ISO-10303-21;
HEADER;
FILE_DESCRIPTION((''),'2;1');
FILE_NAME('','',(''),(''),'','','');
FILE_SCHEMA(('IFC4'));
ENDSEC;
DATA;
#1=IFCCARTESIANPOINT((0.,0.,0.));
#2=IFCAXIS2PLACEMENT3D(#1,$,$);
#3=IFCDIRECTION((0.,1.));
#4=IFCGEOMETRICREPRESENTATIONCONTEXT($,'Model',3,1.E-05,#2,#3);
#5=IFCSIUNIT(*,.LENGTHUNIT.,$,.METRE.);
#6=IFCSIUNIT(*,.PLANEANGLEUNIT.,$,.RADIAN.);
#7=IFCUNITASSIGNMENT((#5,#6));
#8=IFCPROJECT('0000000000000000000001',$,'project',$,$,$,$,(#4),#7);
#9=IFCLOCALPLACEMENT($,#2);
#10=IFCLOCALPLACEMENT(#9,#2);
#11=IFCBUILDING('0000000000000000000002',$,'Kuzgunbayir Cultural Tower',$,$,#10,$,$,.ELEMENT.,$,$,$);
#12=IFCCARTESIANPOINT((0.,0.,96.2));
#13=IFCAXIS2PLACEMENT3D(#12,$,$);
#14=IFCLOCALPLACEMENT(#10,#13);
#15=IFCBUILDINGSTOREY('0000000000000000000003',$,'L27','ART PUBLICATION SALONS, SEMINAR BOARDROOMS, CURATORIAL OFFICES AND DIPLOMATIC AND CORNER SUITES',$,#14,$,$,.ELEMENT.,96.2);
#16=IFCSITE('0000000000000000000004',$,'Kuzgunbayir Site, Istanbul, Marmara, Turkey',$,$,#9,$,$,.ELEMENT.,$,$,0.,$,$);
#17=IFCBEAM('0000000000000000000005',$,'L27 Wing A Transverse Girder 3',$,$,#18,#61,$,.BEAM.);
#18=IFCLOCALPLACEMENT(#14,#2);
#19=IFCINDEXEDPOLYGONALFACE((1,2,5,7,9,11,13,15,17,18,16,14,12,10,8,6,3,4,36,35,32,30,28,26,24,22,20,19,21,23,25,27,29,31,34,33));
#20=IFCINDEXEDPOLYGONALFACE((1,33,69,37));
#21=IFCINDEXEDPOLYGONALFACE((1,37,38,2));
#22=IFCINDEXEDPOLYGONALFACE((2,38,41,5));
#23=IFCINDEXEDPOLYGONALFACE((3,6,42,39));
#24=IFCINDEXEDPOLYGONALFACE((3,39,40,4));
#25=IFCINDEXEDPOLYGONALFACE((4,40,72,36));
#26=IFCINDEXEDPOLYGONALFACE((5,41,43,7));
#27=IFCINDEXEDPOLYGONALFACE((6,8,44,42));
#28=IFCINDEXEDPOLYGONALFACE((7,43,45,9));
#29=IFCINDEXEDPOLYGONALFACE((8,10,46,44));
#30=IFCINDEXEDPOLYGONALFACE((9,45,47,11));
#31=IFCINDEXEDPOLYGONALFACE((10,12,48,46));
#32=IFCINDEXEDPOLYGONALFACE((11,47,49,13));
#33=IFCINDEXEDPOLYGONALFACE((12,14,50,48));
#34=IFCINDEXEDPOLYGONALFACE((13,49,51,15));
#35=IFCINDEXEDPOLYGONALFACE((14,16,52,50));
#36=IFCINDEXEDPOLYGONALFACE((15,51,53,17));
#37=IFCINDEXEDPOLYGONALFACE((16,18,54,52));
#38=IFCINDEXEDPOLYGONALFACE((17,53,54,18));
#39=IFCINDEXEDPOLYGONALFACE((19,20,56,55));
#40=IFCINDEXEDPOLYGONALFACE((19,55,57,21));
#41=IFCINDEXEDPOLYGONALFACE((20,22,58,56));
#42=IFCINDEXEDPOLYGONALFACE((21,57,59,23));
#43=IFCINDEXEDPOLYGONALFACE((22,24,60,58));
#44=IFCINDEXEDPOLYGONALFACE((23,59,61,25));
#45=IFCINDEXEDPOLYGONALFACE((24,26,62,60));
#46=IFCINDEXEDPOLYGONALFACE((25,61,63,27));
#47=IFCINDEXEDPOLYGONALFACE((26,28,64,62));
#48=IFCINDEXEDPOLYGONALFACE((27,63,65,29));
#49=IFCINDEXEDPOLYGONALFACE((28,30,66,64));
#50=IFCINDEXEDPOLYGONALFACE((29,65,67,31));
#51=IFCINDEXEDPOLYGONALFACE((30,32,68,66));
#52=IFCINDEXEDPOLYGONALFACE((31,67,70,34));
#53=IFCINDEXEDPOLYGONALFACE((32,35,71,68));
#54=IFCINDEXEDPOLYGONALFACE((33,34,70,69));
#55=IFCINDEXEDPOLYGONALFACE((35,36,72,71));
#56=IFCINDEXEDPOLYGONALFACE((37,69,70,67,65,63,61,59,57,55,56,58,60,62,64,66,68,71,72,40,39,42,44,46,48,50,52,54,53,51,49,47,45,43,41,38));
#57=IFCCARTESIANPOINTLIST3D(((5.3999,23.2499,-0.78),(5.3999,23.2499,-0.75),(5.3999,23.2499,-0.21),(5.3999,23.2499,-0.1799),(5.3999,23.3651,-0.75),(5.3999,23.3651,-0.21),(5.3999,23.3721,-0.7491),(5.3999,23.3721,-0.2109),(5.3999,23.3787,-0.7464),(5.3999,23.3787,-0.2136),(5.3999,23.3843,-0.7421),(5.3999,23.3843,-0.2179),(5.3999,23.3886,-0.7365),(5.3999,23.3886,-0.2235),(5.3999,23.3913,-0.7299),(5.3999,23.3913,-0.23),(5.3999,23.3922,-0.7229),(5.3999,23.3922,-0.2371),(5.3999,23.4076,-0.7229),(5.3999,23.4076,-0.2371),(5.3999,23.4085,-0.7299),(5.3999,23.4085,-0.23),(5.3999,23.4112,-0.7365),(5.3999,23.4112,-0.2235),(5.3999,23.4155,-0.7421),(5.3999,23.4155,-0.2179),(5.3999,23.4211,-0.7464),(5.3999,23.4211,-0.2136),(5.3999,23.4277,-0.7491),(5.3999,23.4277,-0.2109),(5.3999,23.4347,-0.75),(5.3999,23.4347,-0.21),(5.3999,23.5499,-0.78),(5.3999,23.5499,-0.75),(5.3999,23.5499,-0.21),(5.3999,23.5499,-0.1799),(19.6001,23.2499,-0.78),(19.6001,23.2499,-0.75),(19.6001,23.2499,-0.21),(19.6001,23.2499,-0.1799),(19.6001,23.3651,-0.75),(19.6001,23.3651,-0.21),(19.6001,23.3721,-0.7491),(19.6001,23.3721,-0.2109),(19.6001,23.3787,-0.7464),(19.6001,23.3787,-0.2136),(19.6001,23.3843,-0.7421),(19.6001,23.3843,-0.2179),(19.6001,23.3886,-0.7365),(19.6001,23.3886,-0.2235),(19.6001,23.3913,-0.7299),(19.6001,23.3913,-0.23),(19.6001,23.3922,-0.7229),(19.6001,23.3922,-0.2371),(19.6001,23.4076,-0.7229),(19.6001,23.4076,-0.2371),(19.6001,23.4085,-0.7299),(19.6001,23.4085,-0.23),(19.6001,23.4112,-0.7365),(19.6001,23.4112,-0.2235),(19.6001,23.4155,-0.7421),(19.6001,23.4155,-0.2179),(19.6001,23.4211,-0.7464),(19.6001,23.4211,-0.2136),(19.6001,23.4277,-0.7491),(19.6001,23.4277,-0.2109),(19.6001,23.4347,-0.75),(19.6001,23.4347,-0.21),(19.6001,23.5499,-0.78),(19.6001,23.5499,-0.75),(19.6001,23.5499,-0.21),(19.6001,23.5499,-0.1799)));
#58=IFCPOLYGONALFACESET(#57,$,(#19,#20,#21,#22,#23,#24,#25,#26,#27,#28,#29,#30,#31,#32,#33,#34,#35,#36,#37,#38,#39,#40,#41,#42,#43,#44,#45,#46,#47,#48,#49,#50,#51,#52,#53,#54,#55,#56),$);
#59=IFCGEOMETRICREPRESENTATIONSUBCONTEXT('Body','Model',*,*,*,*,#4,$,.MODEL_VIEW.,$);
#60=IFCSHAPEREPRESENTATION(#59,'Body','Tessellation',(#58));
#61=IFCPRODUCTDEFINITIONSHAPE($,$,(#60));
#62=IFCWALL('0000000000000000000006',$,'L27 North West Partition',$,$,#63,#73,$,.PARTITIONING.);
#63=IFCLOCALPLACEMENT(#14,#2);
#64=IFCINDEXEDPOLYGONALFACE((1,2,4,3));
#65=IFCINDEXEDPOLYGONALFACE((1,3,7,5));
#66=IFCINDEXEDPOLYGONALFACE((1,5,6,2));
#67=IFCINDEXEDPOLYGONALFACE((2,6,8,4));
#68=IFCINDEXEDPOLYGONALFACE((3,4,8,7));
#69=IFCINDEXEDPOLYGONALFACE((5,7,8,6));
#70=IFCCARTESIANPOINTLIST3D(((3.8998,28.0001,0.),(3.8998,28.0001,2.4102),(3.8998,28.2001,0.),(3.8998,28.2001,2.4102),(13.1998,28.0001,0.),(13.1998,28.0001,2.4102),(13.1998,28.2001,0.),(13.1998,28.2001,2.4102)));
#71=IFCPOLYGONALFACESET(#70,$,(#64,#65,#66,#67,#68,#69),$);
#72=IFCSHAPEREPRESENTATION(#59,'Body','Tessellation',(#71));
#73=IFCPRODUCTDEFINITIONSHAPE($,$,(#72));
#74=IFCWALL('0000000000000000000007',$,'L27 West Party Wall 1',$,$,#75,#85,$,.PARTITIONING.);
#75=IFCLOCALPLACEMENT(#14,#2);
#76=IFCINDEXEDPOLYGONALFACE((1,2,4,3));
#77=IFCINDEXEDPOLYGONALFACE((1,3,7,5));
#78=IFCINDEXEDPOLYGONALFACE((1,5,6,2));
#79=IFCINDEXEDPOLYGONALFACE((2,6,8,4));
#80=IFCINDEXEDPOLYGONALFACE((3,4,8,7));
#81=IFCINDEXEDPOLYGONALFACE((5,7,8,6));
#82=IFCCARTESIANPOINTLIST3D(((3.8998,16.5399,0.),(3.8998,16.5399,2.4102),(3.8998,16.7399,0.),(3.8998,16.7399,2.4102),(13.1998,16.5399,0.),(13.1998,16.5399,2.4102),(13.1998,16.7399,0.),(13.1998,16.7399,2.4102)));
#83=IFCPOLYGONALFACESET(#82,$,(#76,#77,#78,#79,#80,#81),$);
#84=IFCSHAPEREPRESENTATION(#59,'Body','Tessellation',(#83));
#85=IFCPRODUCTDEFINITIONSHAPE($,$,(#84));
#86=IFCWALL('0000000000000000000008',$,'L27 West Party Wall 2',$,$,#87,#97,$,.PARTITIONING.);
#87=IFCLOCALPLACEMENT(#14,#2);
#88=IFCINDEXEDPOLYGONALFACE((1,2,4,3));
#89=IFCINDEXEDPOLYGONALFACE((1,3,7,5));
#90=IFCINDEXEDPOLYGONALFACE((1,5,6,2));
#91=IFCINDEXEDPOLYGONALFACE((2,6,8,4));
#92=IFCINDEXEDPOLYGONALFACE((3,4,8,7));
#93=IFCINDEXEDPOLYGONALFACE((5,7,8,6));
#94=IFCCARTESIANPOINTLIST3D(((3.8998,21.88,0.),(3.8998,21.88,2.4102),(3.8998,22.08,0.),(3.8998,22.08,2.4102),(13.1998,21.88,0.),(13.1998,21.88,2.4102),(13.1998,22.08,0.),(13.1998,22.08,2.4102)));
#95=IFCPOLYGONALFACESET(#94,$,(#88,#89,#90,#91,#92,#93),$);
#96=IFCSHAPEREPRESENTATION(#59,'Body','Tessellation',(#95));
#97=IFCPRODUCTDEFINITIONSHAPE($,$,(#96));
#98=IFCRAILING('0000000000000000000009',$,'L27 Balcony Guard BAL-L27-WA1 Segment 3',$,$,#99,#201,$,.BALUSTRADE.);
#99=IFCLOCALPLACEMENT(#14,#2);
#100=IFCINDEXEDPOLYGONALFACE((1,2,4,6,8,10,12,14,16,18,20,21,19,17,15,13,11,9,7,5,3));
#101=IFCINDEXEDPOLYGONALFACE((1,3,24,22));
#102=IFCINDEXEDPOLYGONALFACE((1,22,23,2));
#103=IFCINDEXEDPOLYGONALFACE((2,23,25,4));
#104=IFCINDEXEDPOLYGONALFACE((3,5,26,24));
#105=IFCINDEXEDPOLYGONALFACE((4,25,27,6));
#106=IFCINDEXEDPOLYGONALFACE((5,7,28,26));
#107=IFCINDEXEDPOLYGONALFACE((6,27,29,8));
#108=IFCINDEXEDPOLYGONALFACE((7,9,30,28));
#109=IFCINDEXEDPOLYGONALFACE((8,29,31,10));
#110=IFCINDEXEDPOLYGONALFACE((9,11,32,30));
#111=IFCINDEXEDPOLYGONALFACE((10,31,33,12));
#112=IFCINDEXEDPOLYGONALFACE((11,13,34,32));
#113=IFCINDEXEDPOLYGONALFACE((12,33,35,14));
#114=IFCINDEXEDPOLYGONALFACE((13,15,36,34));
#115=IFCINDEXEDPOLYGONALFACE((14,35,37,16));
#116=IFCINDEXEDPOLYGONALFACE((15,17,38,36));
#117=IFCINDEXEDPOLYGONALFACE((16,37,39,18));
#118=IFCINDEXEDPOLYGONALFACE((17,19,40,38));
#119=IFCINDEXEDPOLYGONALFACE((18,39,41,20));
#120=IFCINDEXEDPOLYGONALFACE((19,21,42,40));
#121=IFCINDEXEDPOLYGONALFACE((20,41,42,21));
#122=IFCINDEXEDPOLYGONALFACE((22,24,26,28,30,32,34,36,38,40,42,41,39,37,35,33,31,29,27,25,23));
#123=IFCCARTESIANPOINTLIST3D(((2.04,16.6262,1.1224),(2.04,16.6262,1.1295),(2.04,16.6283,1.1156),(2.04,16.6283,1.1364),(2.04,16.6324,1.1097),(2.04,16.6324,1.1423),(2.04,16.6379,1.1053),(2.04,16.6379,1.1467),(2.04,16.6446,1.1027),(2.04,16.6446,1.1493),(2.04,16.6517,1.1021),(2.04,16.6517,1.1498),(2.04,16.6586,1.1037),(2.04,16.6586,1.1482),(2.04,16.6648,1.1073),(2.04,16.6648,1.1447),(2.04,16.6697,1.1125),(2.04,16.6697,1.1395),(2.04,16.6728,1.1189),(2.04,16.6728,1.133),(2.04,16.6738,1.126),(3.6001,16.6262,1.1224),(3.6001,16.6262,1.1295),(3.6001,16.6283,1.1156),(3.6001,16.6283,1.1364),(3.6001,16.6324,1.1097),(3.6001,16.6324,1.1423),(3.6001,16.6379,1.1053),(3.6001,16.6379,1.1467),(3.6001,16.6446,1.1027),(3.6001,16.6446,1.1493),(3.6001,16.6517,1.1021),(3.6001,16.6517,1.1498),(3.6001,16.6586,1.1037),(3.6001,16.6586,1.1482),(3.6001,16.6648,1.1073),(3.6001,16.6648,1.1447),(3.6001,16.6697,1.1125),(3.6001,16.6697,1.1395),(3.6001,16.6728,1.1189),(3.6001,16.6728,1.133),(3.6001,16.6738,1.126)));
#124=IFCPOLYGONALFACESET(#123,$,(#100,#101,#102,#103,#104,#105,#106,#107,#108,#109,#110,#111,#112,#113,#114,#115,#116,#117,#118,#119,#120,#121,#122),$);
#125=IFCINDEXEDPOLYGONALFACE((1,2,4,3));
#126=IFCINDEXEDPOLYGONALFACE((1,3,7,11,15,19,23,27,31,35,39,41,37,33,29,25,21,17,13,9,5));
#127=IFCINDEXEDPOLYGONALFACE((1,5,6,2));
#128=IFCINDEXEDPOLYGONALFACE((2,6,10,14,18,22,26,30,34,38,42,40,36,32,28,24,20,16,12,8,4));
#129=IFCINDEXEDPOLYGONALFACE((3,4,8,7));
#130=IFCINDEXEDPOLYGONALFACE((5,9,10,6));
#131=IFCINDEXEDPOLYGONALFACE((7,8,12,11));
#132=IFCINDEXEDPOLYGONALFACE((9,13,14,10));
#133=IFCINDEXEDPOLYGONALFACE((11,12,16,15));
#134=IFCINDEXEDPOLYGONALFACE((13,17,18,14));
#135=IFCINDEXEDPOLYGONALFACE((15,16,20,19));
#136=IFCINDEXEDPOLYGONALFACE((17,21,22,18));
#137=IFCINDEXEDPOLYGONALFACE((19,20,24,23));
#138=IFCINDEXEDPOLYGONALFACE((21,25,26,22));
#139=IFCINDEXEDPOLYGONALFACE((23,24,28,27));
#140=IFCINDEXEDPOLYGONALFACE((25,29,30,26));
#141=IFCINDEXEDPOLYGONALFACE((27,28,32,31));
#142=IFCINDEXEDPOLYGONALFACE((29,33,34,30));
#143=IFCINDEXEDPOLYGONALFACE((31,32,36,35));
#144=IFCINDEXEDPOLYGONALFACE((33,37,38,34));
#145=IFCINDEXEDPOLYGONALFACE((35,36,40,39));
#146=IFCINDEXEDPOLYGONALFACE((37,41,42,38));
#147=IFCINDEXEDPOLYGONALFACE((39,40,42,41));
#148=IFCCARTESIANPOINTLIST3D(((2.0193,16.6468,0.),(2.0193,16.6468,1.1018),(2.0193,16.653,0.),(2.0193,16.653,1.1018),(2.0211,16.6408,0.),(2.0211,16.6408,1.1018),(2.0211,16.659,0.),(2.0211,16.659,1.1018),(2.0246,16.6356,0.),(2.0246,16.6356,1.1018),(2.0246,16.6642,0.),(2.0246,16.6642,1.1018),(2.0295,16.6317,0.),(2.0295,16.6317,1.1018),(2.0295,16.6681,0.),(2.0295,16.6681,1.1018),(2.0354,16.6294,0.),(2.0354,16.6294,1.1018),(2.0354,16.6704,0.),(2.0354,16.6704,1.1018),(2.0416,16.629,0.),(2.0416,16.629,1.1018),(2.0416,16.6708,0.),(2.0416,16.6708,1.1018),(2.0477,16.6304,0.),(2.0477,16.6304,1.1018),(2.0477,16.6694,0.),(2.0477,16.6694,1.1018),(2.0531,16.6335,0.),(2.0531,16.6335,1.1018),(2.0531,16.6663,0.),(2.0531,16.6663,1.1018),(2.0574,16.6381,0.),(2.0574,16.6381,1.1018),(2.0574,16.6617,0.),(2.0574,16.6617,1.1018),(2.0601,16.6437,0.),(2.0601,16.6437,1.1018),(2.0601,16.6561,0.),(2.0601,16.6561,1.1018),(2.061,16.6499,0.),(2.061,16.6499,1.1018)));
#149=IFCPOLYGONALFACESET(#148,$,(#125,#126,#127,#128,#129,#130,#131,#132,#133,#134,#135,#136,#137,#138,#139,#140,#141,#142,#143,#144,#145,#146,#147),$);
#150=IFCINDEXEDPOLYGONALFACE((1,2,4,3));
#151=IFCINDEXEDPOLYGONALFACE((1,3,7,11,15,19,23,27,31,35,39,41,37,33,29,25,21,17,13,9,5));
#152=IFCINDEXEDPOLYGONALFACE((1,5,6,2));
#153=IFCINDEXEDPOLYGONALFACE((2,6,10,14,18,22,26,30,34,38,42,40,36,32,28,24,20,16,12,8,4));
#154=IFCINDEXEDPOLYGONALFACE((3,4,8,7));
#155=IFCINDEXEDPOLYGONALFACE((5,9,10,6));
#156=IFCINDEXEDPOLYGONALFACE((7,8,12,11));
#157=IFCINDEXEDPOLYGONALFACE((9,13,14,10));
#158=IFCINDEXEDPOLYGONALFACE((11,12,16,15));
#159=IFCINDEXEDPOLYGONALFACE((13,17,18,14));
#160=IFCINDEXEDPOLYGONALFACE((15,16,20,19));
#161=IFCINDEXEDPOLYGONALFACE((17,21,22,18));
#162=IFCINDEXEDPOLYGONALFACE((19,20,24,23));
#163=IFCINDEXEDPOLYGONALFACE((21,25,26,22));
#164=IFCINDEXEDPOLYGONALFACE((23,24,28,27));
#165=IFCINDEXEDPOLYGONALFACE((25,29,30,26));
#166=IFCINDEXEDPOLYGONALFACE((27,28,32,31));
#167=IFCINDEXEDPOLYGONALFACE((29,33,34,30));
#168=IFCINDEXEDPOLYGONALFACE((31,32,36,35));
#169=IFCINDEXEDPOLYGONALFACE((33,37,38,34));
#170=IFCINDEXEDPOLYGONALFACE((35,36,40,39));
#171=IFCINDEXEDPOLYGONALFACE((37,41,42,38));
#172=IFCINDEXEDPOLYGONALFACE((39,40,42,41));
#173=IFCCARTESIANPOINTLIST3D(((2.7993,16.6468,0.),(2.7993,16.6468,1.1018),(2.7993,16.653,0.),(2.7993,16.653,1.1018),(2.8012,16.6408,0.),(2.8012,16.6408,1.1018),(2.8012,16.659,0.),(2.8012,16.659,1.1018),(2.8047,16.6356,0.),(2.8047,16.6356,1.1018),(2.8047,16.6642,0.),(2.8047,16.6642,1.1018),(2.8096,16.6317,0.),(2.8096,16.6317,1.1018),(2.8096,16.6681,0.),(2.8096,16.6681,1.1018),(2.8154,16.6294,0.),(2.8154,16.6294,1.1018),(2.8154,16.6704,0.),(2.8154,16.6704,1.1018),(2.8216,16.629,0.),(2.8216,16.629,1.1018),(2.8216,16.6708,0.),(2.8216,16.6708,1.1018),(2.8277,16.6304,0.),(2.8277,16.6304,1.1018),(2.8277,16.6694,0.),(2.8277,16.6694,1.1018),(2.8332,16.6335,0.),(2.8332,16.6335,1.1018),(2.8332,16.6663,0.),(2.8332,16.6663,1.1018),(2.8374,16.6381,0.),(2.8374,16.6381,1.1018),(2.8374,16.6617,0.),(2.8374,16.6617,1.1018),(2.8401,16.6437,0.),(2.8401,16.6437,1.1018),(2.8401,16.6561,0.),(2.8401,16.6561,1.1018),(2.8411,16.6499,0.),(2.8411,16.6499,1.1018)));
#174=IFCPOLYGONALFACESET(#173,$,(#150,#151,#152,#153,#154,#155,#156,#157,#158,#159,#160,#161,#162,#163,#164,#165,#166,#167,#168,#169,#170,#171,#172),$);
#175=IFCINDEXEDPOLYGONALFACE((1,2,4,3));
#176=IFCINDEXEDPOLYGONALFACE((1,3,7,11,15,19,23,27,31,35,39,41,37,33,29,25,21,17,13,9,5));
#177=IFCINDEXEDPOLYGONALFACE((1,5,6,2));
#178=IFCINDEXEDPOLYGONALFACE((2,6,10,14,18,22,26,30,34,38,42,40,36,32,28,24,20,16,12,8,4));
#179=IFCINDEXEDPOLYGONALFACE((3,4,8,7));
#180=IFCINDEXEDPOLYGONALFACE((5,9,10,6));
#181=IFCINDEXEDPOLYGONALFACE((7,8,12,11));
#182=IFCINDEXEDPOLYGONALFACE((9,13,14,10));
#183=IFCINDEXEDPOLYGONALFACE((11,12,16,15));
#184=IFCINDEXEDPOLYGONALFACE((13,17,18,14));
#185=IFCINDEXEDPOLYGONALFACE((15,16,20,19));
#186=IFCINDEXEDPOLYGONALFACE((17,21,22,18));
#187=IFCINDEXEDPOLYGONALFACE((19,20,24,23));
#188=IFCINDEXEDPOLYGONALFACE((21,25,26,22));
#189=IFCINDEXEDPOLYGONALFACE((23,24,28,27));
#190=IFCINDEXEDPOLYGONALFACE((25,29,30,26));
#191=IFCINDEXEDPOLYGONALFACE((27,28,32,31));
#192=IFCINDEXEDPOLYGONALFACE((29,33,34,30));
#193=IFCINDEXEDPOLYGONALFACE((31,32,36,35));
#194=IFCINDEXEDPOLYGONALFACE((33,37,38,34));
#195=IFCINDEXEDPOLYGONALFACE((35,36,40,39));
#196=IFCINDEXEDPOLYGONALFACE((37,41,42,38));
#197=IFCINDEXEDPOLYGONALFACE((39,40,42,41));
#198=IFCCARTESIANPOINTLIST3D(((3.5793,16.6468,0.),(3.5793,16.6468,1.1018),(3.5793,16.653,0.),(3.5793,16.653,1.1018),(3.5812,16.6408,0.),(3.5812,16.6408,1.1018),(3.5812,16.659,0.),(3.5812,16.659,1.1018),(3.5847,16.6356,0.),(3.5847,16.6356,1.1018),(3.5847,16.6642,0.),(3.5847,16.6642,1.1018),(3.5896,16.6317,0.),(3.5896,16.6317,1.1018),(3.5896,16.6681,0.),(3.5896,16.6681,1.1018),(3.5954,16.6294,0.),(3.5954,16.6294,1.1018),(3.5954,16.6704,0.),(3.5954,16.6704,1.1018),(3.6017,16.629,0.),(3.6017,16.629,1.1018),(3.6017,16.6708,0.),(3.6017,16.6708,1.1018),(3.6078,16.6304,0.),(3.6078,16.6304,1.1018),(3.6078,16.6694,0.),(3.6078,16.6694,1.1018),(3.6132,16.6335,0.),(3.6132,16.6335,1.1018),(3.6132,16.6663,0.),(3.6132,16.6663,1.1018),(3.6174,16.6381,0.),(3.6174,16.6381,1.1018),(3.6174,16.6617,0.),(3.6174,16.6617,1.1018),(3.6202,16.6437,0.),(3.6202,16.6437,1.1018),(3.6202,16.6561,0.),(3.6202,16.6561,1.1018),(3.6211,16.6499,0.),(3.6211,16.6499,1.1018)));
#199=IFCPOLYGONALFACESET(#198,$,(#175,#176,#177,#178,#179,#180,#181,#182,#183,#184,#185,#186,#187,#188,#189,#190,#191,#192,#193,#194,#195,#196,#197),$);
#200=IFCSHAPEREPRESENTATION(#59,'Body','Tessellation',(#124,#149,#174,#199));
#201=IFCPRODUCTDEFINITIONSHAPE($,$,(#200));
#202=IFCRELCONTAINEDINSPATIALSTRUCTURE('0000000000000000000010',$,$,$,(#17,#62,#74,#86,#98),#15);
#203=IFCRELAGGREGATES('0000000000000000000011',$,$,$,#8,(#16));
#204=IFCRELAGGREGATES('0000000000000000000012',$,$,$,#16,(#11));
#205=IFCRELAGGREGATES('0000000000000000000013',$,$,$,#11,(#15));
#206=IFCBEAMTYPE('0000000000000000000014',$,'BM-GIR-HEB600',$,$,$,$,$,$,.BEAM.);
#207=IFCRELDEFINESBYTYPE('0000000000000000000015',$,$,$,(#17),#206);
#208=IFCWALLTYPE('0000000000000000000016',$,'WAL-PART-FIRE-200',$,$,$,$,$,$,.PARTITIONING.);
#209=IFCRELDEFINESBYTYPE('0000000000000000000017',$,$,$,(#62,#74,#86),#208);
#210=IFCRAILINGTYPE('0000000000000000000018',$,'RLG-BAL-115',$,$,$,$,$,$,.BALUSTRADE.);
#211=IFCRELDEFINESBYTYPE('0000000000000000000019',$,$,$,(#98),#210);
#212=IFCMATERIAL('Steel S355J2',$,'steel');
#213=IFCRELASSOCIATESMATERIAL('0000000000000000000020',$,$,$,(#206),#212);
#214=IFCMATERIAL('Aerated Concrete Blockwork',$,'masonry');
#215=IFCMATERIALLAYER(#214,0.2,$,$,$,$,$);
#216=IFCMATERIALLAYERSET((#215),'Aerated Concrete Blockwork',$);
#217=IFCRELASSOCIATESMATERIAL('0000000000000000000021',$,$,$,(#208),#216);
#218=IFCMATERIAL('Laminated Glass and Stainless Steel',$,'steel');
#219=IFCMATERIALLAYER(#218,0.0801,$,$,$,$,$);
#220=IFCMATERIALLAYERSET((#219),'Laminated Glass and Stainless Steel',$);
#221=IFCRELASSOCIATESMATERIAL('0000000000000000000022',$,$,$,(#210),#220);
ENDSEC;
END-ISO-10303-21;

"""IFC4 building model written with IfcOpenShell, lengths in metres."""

from ifc_helpers import new_model, si_unit, direction, frame, frame_2d, origin, origin_2d, place, context, subcontext, project, spatial, rectangle, circle, i_section, extrude, material, layer, layer_set, material_profile, profile_set, type_object, element, save


model = new_model("IFC4")

# Units and contexts
model_context = context("Model", 3, precision=1e-05, world=origin(), true_north=direction((0.0, 1.0)))
body_context = subcontext(model_context, "Body", "Model", "MODEL_VIEW")
ifc_project = project(units=[si_unit("LENGTHUNIT", "METRE"), si_unit("PLANEANGLEUNIT", "RADIAN")], contexts=[model_context])

# Site, building, storey
site_placement = place(None, origin())
site = spatial("IfcSite", under=ifc_project, at=site_placement, Name="Kuzgunbayir Site, Istanbul, Marmara, Turkey", CompositionType="ELEMENT", RefElevation=0.0)
building_placement = place(site_placement, origin())
building = spatial("IfcBuilding", under=site, at=building_placement, Name="Kuzgunbayir Cultural Tower", CompositionType="ELEMENT")
storey_placement = place(building_placement, frame((0.0, 0.0, 96.2)))
storey = spatial("IfcBuildingStorey", under=building, at=storey_placement, Name="L27", Description="ART PUBLICATION SALONS, SEMINAR BOARDROOMS, CURATORIAL OFFICES AND DIPLOMATIC AND CORNER SUITES", CompositionType="ELEMENT", Elevation=96.2)

# Beam
ifc_material_1 = material(Name="Steel S355J2", Category="steel")
ifc_material_profile_1 = material_profile(ifc_material_1, i_section(OverallWidth=0.3, OverallDepth=0.6001, WebThickness=0.0154, FlangeThickness=0.03, FilletRadius=0.0271, at=origin_2d()), Name="HEB 600")
ifc_profile_set_1 = profile_set([ifc_material_profile_1], Name="Steel S355J2")
beam_type_1 = type_object("IfcBeamType", Name="BM-GIR-HEB600", PredefinedType="BEAM", material=ifc_profile_set_1)
for number, where, z_axis, x_axis, name in (
    (1, (5.3999, 23.3999, -0.48), (1.0, 0.0, 0.0), (0.0, 1.0, 0.0), "L27 Wing A Transverse Girder 3"),
):
    element("IfcBeam", number, at=place(storey_placement, frame(where, z_axis=z_axis, x_axis=x_axis)), inside=storey, type_object=beam_type_1, Name=name, PredefinedType="BEAM", context=body_context, shape_type="SweptSolid", body=[
        extrude(i_section(OverallWidth=0.3, OverallDepth=0.6001, WebThickness=0.0154, FlangeThickness=0.03, FilletRadius=0.0271, at=origin_2d()), origin(), (0.0, 0.0, 1.0), 14.2002),
    ])

# Walls
ifc_material_2 = material(Name="Aerated Concrete Blockwork", Category="masonry")
ifc_layer_1 = layer(ifc_material_2, 0.2)
ifc_layer_set_1 = layer_set([ifc_layer_1], Name="Aerated Concrete Blockwork")
wall_type = type_object("IfcWallType", Name="WAL-PART-FIRE-200", PredefinedType="PARTITIONING", material=ifc_layer_set_1)
for number, where, z_axis, x_axis, name in (
    (2, (3.8999, 28.1001, 0.0), (0.0, 0.0, 1.0), (1.0, 0.0, 0.0), "L27 North West Partition"),
    (3, (3.8999, 16.6399, 0.0), (0.0, 0.0, 1.0), (1.0, 0.0, 0.0), "L27 West Party Wall 1"),
    (4, (3.8999, 21.98, 0.0), (0.0, 0.0, 1.0), (1.0, 0.0, 0.0), "L27 West Party Wall 2"),
):
    element("IfcWall", number, at=place(storey_placement, frame(where, z_axis=z_axis, x_axis=x_axis)), inside=storey, type_object=wall_type, Name=name, PredefinedType="PARTITIONING", context=body_context, shape_type="SweptSolid", body=[
        extrude(rectangle(XDim=9.3, YDim=0.2, at=frame_2d((4.6499, 0.0))), origin(), (0.0, 0.0, 1.0), 2.4102),
    ])

# Railing
ifc_material_3 = material(Name="Laminated Glass and Stainless Steel", Category="steel")
ifc_layer_2 = layer(ifc_material_3, 0.0801)
ifc_layer_set_2 = layer_set([ifc_layer_2], Name="Laminated Glass and Stainless Steel")
railing_type = type_object("IfcRailingType", Name="RLG-BAL-115", PredefinedType="BALUSTRADE", material=ifc_layer_set_2)
railing_1_placement = place(storey_placement, frame((2.04, 16.6499, 0.0)))
element("IfcRailing", 5, at=railing_1_placement, inside=storey, type_object=railing_type, Name="L27 Balcony Guard BAL-L27-WA1 Segment 3", PredefinedType="BALUSTRADE", context=body_context, shape_type="SweptSolid", body=[
    extrude(circle(Radius=0.0239, at=origin_2d()), frame((0.0, 0.0, 1.126), z_axis=(1.0, 0.0, 0.0), x_axis=(0.0, 1.0, 0.0)), (0.0, 0.0, 1.0), 1.5601),
    extrude(circle(Radius=0.021, at=origin_2d()), origin(), (0.0, 0.0, 1.0), 1.1018),
    extrude(circle(Radius=0.021, at=origin_2d()), frame((0.78, 0.0, 0.0)), (0.0, 0.0, 1.0), 1.1018),
    extrude(circle(Radius=0.021, at=origin_2d()), frame((1.5601, 0.0, 0.0)), (0.0, 0.0, 1.0), 1.1018),
])

save(model, "model.ifc")
